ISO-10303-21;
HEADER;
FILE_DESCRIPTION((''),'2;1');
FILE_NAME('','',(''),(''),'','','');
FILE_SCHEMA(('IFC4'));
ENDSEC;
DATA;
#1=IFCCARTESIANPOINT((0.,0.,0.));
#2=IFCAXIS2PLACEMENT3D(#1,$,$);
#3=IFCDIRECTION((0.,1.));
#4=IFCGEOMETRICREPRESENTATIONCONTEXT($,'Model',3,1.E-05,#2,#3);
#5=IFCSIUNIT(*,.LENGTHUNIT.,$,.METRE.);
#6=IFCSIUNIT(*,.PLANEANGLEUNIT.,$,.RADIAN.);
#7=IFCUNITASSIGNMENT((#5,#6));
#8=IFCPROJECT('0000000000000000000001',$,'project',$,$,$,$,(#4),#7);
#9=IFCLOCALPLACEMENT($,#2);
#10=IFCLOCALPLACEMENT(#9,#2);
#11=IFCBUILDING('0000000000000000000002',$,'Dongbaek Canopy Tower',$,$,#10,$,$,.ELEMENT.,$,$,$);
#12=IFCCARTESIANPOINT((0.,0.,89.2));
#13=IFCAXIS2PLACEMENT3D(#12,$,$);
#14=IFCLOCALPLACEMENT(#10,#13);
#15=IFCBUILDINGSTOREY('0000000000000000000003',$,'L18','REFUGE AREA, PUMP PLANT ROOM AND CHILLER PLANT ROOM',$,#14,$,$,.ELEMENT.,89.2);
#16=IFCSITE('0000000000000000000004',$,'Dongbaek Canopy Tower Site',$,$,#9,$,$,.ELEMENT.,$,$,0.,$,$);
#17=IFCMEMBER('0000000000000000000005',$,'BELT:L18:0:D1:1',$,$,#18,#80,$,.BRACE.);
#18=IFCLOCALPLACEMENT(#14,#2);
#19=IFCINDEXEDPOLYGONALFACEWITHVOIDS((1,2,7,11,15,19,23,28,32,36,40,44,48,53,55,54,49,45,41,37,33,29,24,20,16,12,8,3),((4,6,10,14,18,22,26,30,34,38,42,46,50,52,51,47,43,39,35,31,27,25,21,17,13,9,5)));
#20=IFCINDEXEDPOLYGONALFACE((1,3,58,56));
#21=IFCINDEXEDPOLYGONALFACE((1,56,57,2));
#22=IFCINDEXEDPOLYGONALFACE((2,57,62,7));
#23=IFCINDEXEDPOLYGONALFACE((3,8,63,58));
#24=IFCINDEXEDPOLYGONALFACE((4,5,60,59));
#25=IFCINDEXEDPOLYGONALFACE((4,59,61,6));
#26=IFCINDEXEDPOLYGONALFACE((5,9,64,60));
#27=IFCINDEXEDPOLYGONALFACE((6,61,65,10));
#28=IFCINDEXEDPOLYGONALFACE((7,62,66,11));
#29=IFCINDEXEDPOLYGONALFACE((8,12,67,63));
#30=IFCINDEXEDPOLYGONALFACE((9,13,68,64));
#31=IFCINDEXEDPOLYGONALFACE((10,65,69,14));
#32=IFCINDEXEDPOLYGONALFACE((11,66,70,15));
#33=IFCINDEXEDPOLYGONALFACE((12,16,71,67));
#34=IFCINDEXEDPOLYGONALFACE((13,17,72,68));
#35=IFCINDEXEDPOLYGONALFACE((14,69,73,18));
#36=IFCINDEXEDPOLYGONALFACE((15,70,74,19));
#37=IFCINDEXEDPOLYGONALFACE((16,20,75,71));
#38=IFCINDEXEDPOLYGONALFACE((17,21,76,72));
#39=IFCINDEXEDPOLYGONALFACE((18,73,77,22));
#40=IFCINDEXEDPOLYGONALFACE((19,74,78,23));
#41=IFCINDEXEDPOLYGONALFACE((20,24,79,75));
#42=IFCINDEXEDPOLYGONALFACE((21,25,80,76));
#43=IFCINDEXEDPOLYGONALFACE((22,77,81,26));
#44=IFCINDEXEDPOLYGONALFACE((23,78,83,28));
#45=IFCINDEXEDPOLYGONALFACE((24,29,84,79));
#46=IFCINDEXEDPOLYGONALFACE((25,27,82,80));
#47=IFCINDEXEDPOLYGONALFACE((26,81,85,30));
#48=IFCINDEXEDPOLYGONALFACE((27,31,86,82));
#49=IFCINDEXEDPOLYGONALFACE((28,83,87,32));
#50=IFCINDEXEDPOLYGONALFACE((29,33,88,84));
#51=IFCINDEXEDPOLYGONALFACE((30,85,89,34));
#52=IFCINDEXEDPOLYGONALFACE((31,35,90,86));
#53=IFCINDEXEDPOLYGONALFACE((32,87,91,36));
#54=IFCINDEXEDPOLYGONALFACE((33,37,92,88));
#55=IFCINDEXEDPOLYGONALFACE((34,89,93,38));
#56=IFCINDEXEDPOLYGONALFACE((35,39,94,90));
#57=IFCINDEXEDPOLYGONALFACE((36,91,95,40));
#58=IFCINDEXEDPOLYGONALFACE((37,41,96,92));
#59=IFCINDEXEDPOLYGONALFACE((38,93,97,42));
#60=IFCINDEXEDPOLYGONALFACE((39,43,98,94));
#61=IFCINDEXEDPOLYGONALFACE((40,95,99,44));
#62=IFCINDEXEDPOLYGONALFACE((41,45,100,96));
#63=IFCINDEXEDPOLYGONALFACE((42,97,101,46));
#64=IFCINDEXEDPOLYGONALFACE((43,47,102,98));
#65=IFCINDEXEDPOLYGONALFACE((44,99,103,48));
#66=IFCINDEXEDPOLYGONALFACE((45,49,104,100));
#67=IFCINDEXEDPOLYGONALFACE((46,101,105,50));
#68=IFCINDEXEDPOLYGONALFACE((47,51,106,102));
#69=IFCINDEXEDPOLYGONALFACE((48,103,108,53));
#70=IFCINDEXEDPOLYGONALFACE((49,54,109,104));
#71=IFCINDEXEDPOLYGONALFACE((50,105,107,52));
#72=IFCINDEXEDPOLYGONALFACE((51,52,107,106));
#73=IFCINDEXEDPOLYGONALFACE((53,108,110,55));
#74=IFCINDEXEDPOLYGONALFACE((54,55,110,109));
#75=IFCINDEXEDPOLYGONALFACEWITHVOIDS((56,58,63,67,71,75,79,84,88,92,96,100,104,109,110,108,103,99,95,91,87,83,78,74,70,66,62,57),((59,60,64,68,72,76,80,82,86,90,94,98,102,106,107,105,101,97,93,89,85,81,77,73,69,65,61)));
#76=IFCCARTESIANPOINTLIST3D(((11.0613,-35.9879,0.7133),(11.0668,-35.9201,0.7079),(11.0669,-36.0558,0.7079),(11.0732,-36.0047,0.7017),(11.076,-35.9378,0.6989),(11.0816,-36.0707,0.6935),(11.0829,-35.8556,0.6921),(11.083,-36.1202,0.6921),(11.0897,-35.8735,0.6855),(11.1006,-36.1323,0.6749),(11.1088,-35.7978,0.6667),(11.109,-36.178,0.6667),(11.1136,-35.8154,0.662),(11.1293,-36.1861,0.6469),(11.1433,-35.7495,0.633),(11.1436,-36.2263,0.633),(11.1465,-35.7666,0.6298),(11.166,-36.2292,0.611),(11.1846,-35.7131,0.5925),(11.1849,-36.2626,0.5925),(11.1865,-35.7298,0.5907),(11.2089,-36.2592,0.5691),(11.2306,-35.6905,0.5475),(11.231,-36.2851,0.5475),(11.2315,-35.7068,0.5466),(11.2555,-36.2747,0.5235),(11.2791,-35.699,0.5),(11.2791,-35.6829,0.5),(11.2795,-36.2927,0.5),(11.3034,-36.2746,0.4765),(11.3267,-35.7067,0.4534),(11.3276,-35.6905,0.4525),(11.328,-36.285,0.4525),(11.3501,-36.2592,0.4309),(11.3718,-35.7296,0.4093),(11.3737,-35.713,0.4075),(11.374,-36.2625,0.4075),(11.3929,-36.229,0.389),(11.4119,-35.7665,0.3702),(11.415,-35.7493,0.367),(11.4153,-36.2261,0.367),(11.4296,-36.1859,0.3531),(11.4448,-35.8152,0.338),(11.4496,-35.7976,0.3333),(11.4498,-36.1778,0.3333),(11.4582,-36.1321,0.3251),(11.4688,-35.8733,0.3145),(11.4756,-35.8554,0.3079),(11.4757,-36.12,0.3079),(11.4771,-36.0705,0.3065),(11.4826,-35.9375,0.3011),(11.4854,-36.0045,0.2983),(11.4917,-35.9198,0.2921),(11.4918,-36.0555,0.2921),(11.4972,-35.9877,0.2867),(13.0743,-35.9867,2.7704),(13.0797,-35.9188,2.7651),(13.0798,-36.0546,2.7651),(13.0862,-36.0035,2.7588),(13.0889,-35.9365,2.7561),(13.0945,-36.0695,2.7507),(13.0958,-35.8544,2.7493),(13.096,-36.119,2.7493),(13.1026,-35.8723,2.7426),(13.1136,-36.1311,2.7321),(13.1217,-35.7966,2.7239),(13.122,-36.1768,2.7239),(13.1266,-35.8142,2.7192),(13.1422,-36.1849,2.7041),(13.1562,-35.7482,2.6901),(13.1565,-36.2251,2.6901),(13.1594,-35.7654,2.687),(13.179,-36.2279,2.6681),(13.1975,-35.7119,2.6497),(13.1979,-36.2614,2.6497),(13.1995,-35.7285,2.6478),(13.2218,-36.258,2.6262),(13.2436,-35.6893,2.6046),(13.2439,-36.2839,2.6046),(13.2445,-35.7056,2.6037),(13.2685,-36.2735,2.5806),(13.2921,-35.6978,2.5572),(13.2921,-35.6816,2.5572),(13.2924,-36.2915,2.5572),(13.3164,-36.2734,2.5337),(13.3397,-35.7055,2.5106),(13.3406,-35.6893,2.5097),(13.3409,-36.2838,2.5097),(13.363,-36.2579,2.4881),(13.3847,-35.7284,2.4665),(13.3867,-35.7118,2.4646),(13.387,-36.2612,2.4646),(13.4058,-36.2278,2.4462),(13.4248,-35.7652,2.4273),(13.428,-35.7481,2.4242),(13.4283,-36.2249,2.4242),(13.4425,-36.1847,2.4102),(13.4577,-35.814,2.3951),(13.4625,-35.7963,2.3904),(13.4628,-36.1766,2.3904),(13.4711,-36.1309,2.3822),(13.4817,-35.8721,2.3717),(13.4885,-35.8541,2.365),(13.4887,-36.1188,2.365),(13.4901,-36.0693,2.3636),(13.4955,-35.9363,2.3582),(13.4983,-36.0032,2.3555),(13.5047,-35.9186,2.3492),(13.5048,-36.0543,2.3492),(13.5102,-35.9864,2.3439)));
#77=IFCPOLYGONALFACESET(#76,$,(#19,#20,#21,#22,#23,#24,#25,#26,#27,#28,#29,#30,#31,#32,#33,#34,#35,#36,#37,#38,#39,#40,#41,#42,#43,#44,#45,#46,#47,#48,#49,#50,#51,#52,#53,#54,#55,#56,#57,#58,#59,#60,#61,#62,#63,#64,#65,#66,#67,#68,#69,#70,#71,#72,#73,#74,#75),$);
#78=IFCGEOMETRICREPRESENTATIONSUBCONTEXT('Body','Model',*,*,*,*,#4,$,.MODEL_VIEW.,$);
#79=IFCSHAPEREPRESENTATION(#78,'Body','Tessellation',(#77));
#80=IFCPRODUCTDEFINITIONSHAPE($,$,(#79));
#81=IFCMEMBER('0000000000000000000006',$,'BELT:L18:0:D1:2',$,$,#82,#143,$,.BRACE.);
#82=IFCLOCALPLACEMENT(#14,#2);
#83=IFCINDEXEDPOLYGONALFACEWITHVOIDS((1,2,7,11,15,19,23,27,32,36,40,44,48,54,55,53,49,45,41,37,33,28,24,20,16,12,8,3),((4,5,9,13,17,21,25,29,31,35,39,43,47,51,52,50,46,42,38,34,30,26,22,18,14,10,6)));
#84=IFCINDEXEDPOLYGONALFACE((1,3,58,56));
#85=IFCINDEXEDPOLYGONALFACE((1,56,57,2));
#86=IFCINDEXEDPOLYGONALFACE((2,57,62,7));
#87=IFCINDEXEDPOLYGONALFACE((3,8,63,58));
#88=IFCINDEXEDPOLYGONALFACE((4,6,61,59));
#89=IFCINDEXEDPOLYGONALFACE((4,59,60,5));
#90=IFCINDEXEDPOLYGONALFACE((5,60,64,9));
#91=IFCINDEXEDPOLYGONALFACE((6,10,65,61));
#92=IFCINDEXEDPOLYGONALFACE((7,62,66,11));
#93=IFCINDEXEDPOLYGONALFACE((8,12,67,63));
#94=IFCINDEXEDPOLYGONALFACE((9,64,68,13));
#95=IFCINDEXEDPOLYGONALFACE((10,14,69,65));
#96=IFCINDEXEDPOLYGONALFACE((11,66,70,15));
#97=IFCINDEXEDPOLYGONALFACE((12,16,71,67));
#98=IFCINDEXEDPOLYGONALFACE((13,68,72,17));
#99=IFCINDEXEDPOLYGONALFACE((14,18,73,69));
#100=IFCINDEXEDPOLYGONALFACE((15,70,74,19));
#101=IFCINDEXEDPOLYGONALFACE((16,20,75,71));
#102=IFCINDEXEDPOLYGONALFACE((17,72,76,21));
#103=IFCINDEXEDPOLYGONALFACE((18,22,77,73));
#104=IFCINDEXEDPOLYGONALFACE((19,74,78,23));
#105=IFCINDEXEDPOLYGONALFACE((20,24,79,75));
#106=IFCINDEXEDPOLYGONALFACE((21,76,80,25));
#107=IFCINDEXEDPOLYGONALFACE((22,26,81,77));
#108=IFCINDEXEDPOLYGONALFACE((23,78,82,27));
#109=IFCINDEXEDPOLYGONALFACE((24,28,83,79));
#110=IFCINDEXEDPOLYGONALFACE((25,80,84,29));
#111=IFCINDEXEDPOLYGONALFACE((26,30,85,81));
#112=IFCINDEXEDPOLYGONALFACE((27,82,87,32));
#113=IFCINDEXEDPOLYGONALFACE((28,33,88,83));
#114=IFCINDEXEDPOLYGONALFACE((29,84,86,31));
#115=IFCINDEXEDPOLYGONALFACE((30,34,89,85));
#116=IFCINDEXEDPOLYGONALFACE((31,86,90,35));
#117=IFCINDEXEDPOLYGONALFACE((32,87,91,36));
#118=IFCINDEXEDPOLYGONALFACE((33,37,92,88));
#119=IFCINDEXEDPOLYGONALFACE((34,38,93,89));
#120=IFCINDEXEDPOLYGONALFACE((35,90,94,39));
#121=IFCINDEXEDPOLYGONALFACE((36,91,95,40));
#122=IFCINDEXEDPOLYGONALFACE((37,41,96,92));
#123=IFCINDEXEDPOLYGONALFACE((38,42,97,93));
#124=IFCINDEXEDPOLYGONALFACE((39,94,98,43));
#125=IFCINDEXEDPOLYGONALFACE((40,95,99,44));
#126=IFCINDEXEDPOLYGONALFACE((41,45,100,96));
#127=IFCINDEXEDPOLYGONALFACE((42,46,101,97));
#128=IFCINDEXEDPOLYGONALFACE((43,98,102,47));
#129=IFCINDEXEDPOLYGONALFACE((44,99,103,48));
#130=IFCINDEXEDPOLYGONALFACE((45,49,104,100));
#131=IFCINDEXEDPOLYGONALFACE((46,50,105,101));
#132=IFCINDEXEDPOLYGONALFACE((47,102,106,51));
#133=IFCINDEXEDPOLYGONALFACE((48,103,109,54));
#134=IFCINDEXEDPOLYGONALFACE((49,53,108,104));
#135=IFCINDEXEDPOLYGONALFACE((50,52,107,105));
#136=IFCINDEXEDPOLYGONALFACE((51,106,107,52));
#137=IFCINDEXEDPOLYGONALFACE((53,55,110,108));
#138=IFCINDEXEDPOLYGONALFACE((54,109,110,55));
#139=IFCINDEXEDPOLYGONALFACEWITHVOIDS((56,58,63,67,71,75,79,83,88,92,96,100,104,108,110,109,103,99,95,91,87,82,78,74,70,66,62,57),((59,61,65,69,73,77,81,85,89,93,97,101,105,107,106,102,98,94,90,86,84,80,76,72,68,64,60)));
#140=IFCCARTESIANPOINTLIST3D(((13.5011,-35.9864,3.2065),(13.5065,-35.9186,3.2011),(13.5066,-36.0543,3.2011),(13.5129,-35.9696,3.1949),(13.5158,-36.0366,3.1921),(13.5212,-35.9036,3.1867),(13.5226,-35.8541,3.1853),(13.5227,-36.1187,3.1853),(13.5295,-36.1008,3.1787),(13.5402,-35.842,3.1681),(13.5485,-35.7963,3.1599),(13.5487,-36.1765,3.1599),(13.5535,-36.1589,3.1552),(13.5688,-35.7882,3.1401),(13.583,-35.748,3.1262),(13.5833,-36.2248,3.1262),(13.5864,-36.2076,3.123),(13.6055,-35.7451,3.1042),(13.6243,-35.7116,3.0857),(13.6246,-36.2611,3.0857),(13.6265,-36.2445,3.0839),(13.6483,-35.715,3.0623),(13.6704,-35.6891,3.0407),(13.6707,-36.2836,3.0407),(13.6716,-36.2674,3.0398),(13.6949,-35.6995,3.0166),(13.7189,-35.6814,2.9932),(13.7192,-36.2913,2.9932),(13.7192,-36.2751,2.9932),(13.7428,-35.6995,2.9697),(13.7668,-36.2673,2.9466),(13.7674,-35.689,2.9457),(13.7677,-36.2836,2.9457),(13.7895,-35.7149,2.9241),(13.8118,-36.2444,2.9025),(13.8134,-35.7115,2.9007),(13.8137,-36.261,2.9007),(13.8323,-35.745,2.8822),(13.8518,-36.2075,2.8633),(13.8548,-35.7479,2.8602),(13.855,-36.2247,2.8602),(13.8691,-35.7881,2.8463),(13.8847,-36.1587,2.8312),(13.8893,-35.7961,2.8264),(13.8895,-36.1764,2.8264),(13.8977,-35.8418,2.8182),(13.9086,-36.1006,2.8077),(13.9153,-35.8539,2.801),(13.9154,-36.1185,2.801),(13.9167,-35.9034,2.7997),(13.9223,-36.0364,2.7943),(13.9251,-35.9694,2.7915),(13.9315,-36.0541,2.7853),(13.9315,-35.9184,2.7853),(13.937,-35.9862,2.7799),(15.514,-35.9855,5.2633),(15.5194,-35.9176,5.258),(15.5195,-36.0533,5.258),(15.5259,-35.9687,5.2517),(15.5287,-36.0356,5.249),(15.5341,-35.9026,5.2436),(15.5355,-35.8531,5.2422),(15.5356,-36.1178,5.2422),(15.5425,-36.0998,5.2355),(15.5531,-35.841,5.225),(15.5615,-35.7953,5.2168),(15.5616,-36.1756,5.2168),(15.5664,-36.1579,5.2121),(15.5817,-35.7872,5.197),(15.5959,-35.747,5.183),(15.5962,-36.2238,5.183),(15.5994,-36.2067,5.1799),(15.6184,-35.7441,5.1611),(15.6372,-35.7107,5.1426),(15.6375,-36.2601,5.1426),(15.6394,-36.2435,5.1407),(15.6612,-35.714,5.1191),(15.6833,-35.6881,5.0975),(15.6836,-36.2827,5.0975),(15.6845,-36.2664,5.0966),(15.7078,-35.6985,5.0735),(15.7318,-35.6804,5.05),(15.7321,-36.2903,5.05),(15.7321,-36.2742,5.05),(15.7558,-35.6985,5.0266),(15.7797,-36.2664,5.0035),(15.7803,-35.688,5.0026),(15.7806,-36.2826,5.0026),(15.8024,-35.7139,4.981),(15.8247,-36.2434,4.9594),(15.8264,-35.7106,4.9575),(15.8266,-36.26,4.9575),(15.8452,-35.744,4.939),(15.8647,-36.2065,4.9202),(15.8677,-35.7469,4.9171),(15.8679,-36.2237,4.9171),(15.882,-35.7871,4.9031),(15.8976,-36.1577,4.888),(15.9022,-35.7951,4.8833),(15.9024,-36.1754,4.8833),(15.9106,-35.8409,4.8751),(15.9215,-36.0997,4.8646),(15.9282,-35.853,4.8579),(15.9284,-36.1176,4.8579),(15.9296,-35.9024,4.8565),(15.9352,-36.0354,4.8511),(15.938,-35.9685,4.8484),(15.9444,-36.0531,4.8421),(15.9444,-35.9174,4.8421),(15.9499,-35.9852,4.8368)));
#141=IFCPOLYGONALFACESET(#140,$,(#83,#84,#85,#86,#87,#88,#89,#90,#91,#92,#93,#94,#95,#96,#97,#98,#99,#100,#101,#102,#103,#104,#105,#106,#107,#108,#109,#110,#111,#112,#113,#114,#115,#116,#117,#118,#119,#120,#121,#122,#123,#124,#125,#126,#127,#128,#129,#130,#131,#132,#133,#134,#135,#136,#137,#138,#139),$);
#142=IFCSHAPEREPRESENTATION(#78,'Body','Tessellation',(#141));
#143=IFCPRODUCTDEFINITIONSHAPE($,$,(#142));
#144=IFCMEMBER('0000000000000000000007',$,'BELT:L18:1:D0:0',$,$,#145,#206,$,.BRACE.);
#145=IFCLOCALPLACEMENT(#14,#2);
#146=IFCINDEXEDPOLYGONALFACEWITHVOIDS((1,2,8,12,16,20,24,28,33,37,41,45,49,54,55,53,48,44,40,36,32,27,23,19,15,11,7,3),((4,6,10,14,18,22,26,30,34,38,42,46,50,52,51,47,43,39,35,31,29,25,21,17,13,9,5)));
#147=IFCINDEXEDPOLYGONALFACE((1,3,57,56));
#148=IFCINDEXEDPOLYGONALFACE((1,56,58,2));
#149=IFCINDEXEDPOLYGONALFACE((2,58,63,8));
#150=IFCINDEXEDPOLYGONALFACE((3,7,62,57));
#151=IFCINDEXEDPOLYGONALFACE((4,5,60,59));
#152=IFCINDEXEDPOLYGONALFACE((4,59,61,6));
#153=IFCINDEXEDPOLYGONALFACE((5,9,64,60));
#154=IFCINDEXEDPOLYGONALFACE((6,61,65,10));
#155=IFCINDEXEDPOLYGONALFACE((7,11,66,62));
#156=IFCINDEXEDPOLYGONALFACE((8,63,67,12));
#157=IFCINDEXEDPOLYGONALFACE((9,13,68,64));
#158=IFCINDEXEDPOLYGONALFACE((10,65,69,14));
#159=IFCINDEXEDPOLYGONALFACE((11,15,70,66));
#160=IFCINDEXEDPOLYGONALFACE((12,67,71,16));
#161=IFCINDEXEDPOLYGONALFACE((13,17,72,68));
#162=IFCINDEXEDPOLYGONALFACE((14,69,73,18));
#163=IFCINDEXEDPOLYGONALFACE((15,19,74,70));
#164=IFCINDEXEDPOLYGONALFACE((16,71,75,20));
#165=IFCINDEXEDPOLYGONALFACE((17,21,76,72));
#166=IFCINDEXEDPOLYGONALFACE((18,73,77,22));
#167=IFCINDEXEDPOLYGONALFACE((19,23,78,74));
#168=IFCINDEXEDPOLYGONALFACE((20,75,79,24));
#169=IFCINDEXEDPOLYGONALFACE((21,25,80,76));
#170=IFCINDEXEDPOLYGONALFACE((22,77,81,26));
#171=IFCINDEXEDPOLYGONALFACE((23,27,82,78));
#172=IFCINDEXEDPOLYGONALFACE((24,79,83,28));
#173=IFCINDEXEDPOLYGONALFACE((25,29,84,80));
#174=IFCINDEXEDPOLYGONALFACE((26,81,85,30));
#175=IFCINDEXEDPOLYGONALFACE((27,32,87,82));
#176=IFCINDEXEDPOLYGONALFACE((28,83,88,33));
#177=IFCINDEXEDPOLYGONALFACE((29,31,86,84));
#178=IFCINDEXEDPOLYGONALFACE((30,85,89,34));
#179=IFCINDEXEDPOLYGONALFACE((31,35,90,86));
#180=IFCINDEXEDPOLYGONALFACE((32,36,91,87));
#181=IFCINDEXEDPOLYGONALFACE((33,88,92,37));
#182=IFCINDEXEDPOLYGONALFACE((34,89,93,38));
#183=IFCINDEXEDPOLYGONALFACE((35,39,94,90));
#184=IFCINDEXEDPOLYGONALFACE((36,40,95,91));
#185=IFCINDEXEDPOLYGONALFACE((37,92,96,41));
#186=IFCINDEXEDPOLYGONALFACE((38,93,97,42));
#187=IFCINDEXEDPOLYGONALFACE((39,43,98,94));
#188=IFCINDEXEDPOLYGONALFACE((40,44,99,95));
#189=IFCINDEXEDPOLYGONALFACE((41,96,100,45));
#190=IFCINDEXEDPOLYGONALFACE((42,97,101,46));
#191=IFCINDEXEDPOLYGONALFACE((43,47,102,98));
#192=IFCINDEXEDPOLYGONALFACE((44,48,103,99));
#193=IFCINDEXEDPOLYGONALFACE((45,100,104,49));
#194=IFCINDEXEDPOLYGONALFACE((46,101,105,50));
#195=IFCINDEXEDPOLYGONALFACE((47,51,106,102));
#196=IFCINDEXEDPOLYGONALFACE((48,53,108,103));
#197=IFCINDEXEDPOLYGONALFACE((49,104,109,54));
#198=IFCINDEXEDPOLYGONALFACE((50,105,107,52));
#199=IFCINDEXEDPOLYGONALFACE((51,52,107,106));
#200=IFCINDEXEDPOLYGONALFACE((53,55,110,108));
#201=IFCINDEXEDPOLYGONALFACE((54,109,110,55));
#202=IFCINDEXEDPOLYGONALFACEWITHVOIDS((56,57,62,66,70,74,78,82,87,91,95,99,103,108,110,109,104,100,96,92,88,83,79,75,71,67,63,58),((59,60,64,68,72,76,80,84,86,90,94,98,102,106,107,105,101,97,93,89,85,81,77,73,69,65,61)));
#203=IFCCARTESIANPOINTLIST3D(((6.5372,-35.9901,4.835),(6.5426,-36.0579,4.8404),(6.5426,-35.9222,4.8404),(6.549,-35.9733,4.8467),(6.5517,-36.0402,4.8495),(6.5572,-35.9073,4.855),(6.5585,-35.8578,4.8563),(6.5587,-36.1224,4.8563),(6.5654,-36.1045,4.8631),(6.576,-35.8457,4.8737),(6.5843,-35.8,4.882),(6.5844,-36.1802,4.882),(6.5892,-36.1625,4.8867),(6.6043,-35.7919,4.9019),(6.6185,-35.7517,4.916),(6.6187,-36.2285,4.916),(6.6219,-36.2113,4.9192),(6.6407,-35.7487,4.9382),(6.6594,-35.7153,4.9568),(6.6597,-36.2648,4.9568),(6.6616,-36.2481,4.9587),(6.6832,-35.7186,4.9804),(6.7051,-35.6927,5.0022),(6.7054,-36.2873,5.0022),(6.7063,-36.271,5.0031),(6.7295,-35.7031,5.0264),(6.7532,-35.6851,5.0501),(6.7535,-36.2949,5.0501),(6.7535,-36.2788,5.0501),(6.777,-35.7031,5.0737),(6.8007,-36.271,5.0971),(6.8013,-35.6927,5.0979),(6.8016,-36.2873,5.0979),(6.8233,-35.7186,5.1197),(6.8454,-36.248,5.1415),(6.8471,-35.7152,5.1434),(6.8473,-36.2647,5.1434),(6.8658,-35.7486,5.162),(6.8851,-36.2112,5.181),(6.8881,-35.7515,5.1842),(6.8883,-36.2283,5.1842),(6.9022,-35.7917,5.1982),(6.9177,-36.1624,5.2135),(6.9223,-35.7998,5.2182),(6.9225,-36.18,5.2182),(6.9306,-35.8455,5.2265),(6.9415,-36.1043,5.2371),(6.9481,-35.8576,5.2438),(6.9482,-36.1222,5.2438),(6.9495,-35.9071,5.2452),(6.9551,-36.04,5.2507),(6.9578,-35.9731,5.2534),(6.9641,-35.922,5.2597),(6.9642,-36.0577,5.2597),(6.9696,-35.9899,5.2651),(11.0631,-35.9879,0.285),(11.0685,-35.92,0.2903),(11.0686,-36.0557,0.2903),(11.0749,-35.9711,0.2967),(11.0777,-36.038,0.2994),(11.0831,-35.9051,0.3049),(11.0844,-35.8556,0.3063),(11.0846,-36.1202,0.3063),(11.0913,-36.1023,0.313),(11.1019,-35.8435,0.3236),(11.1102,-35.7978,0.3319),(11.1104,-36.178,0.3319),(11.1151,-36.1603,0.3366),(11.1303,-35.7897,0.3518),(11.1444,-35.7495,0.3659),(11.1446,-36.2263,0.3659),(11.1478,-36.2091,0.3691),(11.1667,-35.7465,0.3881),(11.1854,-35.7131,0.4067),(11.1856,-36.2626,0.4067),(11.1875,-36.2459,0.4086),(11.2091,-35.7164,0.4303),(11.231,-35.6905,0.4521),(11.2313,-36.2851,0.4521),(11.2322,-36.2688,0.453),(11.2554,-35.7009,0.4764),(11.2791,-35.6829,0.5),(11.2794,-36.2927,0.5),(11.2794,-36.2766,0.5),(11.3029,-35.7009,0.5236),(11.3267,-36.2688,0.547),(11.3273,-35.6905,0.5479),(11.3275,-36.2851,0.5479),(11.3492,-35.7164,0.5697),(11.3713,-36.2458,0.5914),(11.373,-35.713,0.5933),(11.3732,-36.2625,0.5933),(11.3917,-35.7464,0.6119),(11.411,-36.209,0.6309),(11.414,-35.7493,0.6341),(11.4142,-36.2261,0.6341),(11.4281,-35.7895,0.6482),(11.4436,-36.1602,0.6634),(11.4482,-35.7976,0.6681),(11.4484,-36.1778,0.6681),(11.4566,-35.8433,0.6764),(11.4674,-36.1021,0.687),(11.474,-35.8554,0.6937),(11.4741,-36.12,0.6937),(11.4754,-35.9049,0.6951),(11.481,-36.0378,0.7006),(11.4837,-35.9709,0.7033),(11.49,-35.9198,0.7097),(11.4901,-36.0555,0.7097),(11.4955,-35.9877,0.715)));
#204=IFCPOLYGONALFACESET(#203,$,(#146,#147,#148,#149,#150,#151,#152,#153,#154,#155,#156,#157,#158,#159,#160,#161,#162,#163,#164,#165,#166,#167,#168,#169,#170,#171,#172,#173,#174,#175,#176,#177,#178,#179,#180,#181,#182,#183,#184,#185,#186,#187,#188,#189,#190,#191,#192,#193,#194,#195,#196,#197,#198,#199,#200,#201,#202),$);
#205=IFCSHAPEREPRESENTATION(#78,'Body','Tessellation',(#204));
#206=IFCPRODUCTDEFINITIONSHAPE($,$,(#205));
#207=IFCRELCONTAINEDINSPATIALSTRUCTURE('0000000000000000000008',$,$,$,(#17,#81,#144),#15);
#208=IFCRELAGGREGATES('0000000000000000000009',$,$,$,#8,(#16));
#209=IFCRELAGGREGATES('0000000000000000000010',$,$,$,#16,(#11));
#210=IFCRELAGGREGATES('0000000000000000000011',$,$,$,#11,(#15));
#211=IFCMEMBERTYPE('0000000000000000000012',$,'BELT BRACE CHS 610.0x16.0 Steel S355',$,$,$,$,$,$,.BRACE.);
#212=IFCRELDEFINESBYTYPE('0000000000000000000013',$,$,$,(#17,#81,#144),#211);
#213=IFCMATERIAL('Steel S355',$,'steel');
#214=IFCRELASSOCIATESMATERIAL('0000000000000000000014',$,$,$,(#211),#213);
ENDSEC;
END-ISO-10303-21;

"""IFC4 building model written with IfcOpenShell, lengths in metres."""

from ifc_helpers import new_model, si_unit, direction, frame, origin, origin_2d, place, context, subcontext, project, spatial, hollow_circle, extrude, material, material_profile, profile_set, type_object, element, save


model = new_model("IFC4")

# Units and contexts
model_context = context("Model", 3, precision=1e-05, world=origin(), true_north=direction((0.0, 1.0)))
body_context = subcontext(model_context, "Body", "Model", "MODEL_VIEW")
ifc_project = project(units=[si_unit("LENGTHUNIT", "METRE"), si_unit("PLANEANGLEUNIT", "RADIAN")], contexts=[model_context])

# Site, building, storey
site_placement = place(None, origin())
site = spatial("IfcSite", under=ifc_project, at=site_placement, Name="Dongbaek Canopy Tower Site", CompositionType="ELEMENT", RefElevation=0.0)
building_placement = place(site_placement, origin())
building = spatial("IfcBuilding", under=site, at=building_placement, Name="Dongbaek Canopy Tower", CompositionType="ELEMENT")
storey_placement = place(building_placement, frame((0.0, 0.0, 89.2)))
storey = spatial("IfcBuildingStorey", under=building, at=storey_placement, Name="L18", Description="REFUGE AREA, PUMP PLANT ROOM AND CHILLER PLANT ROOM", CompositionType="ELEMENT", Elevation=89.2)

# Members
ifc_material_1 = material(Name="Steel S355", Category="steel")
ifc_material_profile_1 = material_profile(ifc_material_1, hollow_circle(Radius=0.3049, WallThickness=0.0161, at=origin_2d()), Name="BELT BRACE CHS 610.0x16.0 Steel S355")
ifc_profile_set_1 = profile_set([ifc_material_profile_1], Name="Steel S355")
member_type_1 = type_object("IfcMemberType", Name="BELT BRACE CHS 610.0x16.0 Steel S355", PredefinedType="BRACE", material=ifc_profile_set_1)
member_1_placement = place(storey_placement, frame((11.2793, -35.9878, 0.5), z_axis=(0.699388, 0.000424, 0.714742), x_axis=(-0.000606, 1.0, 0.0)))
element("IfcMember", 1, at=member_1_placement, inside=storey, type_object=member_type_1, Name="BELT:L18:0:D1:1", PredefinedType="BRACE", context=body_context, shape_type="SweptSolid", body=[
    extrude(hollow_circle(Radius=0.3049, WallThickness=0.0161, at=origin_2d()), origin(), (0.0, 0.0, 1.0), 2.8782),
])
member_2_placement = place(storey_placement, frame((15.7319, -35.9854, 5.05), z_axis=(-0.699431, -0.000339, -0.7147), x_axis=(0.000485, -1.0, 0.0)))
element("IfcMember", 2, at=member_2_placement, inside=storey, type_object=member_type_1, Name="BELT:L18:0:D1:2", PredefinedType="BRACE", context=body_context, shape_type="SweptSolid", body=[
    extrude(hollow_circle(Radius=0.3049, WallThickness=0.0161, at=origin_2d()), origin(), (0.0, 0.0, 1.0), 2.8779),
])
member_3_placement = place(storey_placement, frame((11.2793, -35.9878, 0.5), z_axis=(-0.705221, -0.000342, 0.708987), x_axis=(0.000485, -1.0, 0.0)))
element("IfcMember", 3, at=member_3_placement, inside=storey, type_object=member_type_1, Name="BELT:L18:1:D0:0", PredefinedType="BRACE", context=body_context, shape_type="SweptSolid", body=[
    extrude(hollow_circle(Radius=0.3049, WallThickness=0.0161, at=origin_2d()), origin(), (0.0, 0.0, 1.0), 6.4177),
])

save(model, "model.ifc")
